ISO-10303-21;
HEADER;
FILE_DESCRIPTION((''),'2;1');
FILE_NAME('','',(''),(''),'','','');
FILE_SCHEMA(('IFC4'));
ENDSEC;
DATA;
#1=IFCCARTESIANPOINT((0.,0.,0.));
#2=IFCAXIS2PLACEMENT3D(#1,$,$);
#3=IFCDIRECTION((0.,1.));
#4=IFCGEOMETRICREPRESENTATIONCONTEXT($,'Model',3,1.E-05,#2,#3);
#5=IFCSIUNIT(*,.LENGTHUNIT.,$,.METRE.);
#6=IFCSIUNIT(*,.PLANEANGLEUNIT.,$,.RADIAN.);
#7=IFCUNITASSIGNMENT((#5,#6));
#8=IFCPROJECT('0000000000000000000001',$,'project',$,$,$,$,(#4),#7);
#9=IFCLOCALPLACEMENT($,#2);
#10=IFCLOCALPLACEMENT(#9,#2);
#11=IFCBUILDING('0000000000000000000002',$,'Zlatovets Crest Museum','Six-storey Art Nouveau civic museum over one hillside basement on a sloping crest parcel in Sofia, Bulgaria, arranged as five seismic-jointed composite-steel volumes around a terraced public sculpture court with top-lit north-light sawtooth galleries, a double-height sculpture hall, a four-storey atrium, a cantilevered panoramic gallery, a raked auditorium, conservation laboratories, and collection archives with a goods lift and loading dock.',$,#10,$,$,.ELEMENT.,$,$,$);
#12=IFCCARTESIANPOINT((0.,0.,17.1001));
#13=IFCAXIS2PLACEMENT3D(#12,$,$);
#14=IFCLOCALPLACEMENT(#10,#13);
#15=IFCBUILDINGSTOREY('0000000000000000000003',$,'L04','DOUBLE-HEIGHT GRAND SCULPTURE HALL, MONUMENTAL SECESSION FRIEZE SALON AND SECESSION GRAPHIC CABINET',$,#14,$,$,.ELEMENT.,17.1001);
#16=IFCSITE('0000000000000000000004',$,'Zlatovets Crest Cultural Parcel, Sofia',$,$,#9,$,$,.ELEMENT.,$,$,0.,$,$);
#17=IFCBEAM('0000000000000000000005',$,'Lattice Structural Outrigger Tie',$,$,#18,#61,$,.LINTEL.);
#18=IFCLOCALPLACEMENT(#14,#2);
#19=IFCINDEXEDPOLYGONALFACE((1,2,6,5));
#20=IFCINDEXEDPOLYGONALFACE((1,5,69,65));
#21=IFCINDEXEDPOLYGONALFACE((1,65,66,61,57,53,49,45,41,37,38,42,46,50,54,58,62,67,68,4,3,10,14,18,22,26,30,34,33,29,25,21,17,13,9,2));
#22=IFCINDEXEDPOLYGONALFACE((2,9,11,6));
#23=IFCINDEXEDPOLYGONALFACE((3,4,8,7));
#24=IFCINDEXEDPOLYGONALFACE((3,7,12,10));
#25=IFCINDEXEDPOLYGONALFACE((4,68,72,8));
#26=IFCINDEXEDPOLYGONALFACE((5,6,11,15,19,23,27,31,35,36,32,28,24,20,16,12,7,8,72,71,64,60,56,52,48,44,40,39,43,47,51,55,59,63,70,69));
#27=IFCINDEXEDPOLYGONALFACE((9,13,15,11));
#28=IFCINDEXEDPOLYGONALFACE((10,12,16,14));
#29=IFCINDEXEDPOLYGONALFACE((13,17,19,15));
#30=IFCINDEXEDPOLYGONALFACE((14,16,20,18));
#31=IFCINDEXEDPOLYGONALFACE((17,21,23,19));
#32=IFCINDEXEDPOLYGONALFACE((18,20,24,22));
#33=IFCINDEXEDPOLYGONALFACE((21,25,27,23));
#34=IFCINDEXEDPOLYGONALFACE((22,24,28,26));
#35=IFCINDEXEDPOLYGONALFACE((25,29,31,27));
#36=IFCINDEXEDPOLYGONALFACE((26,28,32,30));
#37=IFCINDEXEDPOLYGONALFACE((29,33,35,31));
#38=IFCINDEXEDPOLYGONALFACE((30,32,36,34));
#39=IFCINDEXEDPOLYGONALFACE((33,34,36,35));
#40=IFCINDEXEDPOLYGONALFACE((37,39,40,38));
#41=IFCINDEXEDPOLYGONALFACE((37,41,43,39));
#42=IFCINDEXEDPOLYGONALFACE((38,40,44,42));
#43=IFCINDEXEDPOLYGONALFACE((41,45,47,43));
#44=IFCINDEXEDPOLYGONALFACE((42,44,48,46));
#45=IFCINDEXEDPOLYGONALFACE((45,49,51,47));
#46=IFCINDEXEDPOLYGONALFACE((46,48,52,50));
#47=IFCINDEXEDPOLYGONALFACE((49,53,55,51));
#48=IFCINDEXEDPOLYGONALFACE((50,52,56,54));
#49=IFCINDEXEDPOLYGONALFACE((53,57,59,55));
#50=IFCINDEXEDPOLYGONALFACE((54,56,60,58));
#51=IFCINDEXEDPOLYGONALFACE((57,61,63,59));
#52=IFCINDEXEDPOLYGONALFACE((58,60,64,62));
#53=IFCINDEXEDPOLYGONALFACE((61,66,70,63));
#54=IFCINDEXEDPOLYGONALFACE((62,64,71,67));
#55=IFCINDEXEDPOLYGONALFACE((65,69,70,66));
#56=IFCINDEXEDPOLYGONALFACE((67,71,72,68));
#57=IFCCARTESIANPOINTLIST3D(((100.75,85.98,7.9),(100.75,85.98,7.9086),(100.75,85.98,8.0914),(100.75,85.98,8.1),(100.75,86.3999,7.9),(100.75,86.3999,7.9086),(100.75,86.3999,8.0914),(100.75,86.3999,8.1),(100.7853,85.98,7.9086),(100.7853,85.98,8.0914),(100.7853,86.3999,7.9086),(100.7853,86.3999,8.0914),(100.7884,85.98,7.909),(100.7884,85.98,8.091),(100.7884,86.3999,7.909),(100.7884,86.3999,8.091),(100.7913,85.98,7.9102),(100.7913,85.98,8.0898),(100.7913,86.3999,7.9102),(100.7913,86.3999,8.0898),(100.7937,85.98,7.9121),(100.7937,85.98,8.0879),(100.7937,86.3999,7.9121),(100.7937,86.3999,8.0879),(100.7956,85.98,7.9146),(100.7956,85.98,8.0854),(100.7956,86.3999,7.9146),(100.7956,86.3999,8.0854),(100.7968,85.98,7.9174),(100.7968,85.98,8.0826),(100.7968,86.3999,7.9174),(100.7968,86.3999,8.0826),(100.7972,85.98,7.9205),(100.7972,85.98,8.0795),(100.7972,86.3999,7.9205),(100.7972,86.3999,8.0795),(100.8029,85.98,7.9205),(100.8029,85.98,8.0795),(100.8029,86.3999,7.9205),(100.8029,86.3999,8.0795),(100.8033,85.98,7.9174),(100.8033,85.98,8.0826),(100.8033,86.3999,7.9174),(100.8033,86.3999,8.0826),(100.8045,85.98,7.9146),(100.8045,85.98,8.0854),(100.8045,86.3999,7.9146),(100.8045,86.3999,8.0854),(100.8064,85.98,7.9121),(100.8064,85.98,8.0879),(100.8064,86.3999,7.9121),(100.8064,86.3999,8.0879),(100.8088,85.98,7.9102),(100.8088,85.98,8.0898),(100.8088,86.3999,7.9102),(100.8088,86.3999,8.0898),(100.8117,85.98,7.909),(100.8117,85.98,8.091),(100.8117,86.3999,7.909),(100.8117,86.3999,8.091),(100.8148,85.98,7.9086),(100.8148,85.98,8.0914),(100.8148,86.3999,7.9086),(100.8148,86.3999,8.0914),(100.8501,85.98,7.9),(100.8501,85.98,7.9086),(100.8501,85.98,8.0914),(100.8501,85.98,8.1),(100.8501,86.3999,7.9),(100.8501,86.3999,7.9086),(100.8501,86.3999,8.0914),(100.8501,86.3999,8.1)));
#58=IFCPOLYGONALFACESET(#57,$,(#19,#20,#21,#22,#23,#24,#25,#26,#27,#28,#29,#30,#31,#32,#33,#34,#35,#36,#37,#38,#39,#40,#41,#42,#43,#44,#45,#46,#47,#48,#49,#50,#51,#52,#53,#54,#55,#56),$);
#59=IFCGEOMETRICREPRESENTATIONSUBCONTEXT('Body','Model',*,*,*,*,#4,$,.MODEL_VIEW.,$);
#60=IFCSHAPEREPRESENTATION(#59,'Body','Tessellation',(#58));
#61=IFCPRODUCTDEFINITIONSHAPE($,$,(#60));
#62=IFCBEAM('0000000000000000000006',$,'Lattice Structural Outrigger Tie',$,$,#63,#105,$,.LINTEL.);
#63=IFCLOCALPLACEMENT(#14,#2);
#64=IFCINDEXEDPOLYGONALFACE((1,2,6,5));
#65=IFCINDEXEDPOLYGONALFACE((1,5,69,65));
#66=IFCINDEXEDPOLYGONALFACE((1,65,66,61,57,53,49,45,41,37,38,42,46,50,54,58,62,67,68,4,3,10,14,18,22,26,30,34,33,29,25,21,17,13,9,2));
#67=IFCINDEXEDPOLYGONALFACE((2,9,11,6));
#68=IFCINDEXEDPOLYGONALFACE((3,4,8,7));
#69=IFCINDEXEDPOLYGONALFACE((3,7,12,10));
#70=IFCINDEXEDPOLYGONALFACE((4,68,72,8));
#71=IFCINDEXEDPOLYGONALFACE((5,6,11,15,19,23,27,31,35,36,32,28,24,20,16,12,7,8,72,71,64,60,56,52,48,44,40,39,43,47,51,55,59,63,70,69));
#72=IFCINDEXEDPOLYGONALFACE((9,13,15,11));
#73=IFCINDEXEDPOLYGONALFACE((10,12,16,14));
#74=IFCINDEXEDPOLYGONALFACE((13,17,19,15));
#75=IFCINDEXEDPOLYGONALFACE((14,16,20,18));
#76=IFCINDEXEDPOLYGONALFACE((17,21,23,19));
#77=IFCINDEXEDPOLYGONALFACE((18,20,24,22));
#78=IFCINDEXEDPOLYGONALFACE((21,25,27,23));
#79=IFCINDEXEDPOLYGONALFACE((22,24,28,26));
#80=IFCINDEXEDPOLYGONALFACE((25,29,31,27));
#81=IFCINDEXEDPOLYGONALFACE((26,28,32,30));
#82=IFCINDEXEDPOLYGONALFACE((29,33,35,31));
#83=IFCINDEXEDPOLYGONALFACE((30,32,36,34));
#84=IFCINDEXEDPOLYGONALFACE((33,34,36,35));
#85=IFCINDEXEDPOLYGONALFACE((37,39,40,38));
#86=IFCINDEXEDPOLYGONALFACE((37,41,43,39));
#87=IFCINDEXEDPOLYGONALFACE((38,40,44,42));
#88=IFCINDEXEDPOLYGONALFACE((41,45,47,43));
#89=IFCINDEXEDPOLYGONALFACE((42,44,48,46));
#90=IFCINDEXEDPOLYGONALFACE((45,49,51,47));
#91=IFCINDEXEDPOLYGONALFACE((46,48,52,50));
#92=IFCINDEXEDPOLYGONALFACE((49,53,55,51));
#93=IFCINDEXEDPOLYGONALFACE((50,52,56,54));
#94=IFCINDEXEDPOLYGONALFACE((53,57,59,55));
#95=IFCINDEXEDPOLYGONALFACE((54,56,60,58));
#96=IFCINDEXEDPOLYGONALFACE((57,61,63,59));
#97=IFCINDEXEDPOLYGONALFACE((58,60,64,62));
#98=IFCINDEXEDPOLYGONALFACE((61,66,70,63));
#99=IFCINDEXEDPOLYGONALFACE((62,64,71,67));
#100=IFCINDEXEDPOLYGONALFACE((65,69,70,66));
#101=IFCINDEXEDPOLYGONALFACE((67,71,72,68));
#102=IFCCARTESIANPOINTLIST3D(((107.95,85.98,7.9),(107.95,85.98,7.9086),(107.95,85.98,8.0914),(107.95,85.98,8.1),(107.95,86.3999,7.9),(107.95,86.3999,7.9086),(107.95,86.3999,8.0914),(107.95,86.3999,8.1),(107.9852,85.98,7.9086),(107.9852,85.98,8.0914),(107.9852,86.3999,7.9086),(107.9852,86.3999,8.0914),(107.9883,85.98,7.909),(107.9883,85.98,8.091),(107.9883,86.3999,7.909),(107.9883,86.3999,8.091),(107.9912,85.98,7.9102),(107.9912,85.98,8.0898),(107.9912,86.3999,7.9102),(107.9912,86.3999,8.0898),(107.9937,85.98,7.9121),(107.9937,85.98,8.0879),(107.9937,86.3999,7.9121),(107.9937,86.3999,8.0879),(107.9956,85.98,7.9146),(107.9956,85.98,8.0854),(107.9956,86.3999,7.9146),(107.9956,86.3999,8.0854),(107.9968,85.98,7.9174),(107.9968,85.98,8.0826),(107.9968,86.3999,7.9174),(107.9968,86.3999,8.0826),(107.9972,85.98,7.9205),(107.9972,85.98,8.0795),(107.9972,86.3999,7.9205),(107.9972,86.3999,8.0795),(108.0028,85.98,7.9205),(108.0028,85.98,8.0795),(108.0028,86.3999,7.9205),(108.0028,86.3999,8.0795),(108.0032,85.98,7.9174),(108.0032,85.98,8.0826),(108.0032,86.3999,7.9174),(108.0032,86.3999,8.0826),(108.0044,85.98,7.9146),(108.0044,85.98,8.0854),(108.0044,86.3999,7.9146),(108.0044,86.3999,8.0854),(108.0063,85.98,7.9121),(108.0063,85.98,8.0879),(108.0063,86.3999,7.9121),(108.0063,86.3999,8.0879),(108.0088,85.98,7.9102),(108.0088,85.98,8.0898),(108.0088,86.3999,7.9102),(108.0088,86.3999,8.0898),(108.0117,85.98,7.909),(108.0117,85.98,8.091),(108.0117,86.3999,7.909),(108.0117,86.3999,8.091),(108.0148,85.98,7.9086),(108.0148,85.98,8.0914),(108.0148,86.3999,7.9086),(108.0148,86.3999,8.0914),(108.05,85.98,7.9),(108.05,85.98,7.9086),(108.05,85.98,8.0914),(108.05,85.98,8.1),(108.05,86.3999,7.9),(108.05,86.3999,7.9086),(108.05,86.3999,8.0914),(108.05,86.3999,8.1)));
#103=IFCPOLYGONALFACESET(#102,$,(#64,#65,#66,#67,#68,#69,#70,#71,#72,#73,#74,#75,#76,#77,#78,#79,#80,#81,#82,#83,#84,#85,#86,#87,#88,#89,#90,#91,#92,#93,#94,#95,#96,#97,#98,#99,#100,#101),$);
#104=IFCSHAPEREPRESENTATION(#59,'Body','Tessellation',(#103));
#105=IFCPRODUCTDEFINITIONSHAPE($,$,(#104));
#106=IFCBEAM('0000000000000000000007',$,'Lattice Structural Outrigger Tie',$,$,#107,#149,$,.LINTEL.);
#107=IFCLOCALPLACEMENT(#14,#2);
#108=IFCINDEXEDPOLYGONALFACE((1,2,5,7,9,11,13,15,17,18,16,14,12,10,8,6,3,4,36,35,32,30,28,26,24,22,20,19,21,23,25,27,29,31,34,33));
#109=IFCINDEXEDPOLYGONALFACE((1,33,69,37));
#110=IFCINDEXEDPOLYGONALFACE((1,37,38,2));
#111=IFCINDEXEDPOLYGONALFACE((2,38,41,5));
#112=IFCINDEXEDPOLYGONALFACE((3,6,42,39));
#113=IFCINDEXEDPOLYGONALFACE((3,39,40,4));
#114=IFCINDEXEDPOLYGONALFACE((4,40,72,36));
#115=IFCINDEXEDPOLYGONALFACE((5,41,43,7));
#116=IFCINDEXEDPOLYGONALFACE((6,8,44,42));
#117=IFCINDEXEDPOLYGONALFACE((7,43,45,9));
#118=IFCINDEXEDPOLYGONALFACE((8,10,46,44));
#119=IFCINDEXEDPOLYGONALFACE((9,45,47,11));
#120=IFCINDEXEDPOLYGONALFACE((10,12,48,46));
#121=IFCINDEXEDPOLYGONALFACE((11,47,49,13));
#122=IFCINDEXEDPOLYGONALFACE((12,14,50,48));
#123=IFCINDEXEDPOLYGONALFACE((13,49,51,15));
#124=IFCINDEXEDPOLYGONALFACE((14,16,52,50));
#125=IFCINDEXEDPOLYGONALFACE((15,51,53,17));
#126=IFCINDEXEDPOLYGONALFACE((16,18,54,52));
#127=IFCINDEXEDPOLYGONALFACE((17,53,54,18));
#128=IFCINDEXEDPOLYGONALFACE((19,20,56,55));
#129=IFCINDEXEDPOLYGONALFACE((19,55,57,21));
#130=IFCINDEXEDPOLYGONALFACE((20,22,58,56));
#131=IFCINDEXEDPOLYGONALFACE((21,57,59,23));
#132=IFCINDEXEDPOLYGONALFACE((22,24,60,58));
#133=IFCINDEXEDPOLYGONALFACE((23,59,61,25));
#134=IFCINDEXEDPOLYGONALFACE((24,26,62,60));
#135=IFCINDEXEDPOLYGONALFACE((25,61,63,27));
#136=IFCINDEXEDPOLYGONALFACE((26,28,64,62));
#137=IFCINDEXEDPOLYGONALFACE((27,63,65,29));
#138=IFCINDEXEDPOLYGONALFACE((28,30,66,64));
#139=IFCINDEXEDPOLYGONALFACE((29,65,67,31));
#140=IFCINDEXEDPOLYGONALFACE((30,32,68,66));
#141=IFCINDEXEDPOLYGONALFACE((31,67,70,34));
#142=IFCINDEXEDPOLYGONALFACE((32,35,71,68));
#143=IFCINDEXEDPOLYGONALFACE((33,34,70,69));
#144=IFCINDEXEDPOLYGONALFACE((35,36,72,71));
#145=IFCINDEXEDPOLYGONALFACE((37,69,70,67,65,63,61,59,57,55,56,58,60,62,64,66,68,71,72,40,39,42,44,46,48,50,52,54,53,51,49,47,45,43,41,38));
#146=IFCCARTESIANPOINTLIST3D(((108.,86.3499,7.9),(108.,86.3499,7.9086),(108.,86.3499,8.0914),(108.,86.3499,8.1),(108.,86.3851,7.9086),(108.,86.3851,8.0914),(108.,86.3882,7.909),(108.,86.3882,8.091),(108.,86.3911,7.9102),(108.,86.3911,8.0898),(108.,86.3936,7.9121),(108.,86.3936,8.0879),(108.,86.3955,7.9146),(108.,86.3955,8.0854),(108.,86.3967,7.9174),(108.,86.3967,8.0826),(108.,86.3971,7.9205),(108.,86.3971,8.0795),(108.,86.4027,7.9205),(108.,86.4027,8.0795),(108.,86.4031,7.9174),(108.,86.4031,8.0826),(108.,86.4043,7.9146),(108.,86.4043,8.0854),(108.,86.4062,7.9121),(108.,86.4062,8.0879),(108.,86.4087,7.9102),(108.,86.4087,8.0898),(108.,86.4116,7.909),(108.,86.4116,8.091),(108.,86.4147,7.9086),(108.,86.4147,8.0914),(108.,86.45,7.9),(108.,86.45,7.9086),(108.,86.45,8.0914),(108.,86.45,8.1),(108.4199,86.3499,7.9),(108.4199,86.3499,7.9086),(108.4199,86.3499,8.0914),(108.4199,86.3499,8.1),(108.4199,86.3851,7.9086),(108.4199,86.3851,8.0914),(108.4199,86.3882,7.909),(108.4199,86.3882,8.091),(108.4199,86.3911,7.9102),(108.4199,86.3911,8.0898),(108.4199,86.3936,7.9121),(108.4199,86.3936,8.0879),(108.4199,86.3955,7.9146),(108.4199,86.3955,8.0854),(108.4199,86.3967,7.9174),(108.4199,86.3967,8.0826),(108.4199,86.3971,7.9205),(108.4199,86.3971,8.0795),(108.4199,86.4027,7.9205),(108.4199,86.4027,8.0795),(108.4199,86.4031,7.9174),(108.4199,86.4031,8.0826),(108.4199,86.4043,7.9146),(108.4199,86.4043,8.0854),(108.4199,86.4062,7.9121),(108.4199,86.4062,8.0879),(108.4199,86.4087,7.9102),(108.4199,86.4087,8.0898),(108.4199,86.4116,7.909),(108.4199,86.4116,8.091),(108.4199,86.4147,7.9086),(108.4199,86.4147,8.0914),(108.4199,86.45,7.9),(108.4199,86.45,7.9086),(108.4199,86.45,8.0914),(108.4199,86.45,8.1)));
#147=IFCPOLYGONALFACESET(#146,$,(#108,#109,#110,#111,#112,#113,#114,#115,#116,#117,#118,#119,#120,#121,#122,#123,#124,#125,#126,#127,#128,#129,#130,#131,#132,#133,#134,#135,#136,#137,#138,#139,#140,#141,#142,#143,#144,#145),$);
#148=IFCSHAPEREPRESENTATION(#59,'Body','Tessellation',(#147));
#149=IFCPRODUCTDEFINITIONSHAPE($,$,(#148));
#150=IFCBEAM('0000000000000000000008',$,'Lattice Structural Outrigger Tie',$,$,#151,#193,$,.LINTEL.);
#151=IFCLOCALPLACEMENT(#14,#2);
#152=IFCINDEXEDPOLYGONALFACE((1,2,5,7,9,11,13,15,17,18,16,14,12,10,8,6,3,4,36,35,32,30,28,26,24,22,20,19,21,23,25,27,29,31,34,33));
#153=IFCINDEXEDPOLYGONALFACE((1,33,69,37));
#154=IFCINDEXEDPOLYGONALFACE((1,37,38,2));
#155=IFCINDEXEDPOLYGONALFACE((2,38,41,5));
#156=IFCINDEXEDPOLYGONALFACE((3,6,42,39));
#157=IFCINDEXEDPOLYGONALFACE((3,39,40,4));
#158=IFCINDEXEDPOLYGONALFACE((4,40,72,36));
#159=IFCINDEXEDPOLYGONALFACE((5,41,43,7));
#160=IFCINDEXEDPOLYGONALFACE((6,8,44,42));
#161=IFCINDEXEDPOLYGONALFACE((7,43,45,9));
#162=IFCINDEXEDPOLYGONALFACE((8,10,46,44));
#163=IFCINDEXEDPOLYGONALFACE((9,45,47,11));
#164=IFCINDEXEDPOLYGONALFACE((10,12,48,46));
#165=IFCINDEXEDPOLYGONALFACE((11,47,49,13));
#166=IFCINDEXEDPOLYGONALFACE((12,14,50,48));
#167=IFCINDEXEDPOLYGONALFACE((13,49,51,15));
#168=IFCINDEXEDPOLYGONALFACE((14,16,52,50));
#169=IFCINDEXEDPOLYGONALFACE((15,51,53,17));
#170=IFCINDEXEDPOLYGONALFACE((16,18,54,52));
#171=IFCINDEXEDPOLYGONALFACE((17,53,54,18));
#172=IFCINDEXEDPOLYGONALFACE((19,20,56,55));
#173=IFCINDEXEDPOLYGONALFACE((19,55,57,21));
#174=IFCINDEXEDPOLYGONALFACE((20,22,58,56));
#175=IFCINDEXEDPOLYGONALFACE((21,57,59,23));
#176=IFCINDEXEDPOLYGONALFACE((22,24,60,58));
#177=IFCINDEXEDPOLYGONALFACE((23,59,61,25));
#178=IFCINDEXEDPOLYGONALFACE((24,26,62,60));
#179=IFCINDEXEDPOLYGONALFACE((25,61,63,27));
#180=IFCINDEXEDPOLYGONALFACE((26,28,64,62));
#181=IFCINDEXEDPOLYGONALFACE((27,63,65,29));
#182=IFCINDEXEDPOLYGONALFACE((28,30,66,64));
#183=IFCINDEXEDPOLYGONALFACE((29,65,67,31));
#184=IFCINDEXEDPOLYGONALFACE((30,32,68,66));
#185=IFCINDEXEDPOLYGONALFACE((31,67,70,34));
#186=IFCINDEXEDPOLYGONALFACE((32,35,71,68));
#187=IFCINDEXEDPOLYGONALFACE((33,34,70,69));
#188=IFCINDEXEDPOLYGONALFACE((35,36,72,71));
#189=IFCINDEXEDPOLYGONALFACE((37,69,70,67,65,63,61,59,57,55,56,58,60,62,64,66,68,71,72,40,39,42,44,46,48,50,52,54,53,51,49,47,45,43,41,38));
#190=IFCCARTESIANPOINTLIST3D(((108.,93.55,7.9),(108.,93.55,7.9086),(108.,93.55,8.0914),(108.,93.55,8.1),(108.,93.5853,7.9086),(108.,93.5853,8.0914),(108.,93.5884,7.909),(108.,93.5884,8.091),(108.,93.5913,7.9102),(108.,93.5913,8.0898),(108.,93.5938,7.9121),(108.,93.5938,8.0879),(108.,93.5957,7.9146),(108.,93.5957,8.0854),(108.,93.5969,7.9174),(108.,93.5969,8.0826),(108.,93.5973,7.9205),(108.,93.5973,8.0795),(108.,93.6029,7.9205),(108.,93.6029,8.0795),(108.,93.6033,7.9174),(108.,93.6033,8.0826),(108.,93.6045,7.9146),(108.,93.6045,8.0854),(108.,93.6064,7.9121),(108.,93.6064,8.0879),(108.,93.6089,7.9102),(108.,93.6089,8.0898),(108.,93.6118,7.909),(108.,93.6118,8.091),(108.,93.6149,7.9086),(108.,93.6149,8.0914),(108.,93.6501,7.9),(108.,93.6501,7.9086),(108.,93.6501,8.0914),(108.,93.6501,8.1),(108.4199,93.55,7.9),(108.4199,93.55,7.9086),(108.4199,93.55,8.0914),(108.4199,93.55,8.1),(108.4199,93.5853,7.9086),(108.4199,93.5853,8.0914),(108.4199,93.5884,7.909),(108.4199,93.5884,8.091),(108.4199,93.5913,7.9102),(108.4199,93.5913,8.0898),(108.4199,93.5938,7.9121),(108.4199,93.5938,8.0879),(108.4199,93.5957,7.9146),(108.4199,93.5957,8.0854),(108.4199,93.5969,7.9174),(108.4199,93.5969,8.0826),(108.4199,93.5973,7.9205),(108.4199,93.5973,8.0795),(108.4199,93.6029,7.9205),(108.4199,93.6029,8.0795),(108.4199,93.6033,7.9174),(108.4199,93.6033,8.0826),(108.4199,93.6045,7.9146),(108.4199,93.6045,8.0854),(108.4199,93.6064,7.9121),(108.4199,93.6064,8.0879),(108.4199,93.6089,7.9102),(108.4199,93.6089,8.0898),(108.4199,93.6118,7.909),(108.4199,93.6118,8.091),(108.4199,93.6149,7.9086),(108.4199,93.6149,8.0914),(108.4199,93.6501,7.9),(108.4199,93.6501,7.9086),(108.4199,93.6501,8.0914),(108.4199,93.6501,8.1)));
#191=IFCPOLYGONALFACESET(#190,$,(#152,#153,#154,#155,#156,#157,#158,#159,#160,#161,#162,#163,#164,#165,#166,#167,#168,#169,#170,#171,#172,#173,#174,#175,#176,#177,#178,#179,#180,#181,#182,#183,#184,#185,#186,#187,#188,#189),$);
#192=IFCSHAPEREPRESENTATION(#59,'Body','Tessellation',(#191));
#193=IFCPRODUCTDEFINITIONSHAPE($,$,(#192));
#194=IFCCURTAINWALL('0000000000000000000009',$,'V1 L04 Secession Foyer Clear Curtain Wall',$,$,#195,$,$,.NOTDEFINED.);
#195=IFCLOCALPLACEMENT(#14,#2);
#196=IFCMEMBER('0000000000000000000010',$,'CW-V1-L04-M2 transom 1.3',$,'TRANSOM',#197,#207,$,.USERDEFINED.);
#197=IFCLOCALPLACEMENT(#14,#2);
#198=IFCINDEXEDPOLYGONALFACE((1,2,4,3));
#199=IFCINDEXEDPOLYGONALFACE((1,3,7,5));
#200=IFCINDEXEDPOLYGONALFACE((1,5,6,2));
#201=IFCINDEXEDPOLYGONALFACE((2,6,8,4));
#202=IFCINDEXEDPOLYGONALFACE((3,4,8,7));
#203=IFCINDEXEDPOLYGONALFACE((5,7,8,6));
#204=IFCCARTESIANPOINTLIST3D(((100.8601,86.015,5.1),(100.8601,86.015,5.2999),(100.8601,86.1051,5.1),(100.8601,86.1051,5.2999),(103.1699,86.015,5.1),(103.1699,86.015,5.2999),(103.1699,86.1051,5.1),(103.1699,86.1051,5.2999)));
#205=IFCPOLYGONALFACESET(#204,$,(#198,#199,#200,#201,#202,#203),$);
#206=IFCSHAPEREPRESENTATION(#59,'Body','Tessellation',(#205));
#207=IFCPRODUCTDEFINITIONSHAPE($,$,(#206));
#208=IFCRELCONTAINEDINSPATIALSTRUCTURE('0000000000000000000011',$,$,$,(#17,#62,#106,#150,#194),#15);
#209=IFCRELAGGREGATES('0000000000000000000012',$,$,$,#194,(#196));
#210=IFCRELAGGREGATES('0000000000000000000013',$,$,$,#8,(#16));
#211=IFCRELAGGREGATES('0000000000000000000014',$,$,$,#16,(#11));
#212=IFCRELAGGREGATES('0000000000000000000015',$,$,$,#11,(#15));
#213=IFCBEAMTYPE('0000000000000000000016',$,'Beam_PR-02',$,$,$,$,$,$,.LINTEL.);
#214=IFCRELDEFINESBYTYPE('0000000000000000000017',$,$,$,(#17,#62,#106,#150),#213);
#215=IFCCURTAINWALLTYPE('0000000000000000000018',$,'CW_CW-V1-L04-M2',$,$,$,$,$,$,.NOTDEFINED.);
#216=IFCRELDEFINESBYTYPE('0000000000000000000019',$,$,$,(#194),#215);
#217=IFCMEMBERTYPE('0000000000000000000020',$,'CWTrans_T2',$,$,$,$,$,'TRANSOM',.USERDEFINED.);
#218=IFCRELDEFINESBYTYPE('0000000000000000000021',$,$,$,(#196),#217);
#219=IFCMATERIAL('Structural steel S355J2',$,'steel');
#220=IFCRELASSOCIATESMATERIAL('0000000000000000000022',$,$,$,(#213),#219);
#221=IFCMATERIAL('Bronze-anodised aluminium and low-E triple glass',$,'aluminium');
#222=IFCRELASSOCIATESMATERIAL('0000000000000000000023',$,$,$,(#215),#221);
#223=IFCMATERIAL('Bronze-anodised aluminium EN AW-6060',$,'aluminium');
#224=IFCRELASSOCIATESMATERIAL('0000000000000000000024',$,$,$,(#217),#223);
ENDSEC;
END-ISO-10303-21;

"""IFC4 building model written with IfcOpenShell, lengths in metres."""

from ifc_helpers import new_model, si_unit, direction, frame, origin, origin_2d, place, context, subcontext, project, spatial, rectangle, i_section, extrude, material, material_profile, profile_set, type_object, element, aggregate, save


model = new_model("IFC4")

# Units and contexts
model_context = context("Model", 3, precision=1e-05, world=origin(), true_north=direction((0.0, 1.0)))
body_context = subcontext(model_context, "Body", "Model", "MODEL_VIEW")
ifc_project = project(units=[si_unit("LENGTHUNIT", "METRE"), si_unit("PLANEANGLEUNIT", "RADIAN")], contexts=[model_context])

# Site, building, storey
site_placement = place(None, origin())
site = spatial("IfcSite", under=ifc_project, at=site_placement, Name="Zlatovets Crest Cultural Parcel, Sofia", CompositionType="ELEMENT", RefElevation=0.0)
building_placement = place(site_placement, origin())
building = spatial("IfcBuilding", under=site, at=building_placement, Name="Zlatovets Crest Museum", Description="Six-storey Art Nouveau civic museum over one hillside basement on a sloping crest parcel in Sofia, Bulgaria, arranged as five seismic-jointed composite-steel volumes around a terraced public sculpture court with top-lit north-light sawtooth galleries, a double-height sculpture hall, a four-storey atrium, a cantilevered panoramic gallery, a raked auditorium, conservation laboratories, and collection archives with a goods lift and loading dock.", CompositionType="ELEMENT")
storey_placement = place(building_placement, frame((0.0, 0.0, 17.1001)))
storey = spatial("IfcBuildingStorey", under=building, at=storey_placement, Name="L04", Description="DOUBLE-HEIGHT GRAND SCULPTURE HALL, MONUMENTAL SECESSION FRIEZE SALON AND SECESSION GRAPHIC CABINET", CompositionType="ELEMENT", Elevation=17.1001)

# Beams
ifc_material_1 = material(Name="Structural steel S355J2", Category="steel")
ifc_material_profile_1 = material_profile(ifc_material_1, i_section(OverallWidth=0.1001, OverallDepth=0.2, WebThickness=0.0056, FlangeThickness=0.0085, FilletRadius=0.012, at=origin_2d()), Name="IPE 200")
ifc_profile_set_1 = profile_set([ifc_material_profile_1], Name="Structural steel S355J2")
beam_type = type_object("IfcBeamType", Name="Beam_PR-02", PredefinedType="LINTEL", material=ifc_profile_set_1)
for number, where, z_axis, x_axis, name in (
    (1, (100.8, 86.3999, 8.0), (0.0, -1.0, 0.0), (1.0, 0.0, 0.0), "Lattice Structural Outrigger Tie"),
    (2, (108.0, 86.3999, 8.0), (0.0, -1.0, 0.0), (1.0, 0.0, 0.0), "Lattice Structural Outrigger Tie"),
    (3, (108.0, 86.3999, 8.0), (1.0, 0.0, 0.0), (0.0, 1.0, 0.0), "Lattice Structural Outrigger Tie"),
    (4, (108.0, 93.6001, 8.0), (1.0, 0.0, 0.0), (0.0, 1.0, 0.0), "Lattice Structural Outrigger Tie"),
):
    element("IfcBeam", number, at=place(storey_placement, frame(where, z_axis=z_axis, x_axis=x_axis)), inside=storey, type_object=beam_type, Name=name, PredefinedType="LINTEL", context=body_context, shape_type="SweptSolid", body=[
        extrude(i_section(OverallWidth=0.1001, OverallDepth=0.2, WebThickness=0.0056, FlangeThickness=0.0085, FilletRadius=0.012, at=origin_2d()), origin(), (0.0, 0.0, 1.0), 0.4199),
    ])

# Curtain wall, member
ifc_material_2 = material(Name="Bronze-anodised aluminium and low-E triple glass", Category="aluminium")
curtain_wall_type = type_object("IfcCurtainWallType", Name="CW_CW-V1-L04-M2", PredefinedType="NOTDEFINED", material=ifc_material_2)
curtain_wall_placement = place(storey_placement, origin())
curtain_wall = element("IfcCurtainWall", 5, at=curtain_wall_placement, inside=storey, type_object=curtain_wall_type, Name="V1 L04 Secession Foyer Clear Curtain Wall", PredefinedType="NOTDEFINED")
ifc_material_3 = material(Name="Bronze-anodised aluminium EN AW-6060", Category="aluminium")
ifc_material_profile_2 = material_profile(ifc_material_3, rectangle(XDim=0.0901, YDim=0.2, at=origin_2d()), Name="ALU 90x200")
ifc_profile_set_2 = profile_set([ifc_material_profile_2], Name="Bronze-anodised aluminium EN AW-6060")
member_type_1 = type_object("IfcMemberType", Name="CWTrans_T2", ElementType="TRANSOM", PredefinedType="USERDEFINED", material=ifc_profile_set_2)
member_1_placement = place(storey_placement, frame((100.8601, 86.0601, 5.2), z_axis=(1.0, 0.0, 0.0), x_axis=(0.0, 1.0, 0.0)))
member_1 = element("IfcMember", 6, at=member_1_placement, type_object=member_type_1, Name="CW-V1-L04-M2 transom 1.3", ObjectType="TRANSOM", PredefinedType="USERDEFINED", context=body_context, shape_type="SweptSolid", body=[
    extrude(rectangle(XDim=0.0901, YDim=0.2, at=origin_2d()), origin(), (0.0, 0.0, 1.0), 2.3098),
])

aggregate(curtain_wall, [member_1])

save(model, "model.ifc")
